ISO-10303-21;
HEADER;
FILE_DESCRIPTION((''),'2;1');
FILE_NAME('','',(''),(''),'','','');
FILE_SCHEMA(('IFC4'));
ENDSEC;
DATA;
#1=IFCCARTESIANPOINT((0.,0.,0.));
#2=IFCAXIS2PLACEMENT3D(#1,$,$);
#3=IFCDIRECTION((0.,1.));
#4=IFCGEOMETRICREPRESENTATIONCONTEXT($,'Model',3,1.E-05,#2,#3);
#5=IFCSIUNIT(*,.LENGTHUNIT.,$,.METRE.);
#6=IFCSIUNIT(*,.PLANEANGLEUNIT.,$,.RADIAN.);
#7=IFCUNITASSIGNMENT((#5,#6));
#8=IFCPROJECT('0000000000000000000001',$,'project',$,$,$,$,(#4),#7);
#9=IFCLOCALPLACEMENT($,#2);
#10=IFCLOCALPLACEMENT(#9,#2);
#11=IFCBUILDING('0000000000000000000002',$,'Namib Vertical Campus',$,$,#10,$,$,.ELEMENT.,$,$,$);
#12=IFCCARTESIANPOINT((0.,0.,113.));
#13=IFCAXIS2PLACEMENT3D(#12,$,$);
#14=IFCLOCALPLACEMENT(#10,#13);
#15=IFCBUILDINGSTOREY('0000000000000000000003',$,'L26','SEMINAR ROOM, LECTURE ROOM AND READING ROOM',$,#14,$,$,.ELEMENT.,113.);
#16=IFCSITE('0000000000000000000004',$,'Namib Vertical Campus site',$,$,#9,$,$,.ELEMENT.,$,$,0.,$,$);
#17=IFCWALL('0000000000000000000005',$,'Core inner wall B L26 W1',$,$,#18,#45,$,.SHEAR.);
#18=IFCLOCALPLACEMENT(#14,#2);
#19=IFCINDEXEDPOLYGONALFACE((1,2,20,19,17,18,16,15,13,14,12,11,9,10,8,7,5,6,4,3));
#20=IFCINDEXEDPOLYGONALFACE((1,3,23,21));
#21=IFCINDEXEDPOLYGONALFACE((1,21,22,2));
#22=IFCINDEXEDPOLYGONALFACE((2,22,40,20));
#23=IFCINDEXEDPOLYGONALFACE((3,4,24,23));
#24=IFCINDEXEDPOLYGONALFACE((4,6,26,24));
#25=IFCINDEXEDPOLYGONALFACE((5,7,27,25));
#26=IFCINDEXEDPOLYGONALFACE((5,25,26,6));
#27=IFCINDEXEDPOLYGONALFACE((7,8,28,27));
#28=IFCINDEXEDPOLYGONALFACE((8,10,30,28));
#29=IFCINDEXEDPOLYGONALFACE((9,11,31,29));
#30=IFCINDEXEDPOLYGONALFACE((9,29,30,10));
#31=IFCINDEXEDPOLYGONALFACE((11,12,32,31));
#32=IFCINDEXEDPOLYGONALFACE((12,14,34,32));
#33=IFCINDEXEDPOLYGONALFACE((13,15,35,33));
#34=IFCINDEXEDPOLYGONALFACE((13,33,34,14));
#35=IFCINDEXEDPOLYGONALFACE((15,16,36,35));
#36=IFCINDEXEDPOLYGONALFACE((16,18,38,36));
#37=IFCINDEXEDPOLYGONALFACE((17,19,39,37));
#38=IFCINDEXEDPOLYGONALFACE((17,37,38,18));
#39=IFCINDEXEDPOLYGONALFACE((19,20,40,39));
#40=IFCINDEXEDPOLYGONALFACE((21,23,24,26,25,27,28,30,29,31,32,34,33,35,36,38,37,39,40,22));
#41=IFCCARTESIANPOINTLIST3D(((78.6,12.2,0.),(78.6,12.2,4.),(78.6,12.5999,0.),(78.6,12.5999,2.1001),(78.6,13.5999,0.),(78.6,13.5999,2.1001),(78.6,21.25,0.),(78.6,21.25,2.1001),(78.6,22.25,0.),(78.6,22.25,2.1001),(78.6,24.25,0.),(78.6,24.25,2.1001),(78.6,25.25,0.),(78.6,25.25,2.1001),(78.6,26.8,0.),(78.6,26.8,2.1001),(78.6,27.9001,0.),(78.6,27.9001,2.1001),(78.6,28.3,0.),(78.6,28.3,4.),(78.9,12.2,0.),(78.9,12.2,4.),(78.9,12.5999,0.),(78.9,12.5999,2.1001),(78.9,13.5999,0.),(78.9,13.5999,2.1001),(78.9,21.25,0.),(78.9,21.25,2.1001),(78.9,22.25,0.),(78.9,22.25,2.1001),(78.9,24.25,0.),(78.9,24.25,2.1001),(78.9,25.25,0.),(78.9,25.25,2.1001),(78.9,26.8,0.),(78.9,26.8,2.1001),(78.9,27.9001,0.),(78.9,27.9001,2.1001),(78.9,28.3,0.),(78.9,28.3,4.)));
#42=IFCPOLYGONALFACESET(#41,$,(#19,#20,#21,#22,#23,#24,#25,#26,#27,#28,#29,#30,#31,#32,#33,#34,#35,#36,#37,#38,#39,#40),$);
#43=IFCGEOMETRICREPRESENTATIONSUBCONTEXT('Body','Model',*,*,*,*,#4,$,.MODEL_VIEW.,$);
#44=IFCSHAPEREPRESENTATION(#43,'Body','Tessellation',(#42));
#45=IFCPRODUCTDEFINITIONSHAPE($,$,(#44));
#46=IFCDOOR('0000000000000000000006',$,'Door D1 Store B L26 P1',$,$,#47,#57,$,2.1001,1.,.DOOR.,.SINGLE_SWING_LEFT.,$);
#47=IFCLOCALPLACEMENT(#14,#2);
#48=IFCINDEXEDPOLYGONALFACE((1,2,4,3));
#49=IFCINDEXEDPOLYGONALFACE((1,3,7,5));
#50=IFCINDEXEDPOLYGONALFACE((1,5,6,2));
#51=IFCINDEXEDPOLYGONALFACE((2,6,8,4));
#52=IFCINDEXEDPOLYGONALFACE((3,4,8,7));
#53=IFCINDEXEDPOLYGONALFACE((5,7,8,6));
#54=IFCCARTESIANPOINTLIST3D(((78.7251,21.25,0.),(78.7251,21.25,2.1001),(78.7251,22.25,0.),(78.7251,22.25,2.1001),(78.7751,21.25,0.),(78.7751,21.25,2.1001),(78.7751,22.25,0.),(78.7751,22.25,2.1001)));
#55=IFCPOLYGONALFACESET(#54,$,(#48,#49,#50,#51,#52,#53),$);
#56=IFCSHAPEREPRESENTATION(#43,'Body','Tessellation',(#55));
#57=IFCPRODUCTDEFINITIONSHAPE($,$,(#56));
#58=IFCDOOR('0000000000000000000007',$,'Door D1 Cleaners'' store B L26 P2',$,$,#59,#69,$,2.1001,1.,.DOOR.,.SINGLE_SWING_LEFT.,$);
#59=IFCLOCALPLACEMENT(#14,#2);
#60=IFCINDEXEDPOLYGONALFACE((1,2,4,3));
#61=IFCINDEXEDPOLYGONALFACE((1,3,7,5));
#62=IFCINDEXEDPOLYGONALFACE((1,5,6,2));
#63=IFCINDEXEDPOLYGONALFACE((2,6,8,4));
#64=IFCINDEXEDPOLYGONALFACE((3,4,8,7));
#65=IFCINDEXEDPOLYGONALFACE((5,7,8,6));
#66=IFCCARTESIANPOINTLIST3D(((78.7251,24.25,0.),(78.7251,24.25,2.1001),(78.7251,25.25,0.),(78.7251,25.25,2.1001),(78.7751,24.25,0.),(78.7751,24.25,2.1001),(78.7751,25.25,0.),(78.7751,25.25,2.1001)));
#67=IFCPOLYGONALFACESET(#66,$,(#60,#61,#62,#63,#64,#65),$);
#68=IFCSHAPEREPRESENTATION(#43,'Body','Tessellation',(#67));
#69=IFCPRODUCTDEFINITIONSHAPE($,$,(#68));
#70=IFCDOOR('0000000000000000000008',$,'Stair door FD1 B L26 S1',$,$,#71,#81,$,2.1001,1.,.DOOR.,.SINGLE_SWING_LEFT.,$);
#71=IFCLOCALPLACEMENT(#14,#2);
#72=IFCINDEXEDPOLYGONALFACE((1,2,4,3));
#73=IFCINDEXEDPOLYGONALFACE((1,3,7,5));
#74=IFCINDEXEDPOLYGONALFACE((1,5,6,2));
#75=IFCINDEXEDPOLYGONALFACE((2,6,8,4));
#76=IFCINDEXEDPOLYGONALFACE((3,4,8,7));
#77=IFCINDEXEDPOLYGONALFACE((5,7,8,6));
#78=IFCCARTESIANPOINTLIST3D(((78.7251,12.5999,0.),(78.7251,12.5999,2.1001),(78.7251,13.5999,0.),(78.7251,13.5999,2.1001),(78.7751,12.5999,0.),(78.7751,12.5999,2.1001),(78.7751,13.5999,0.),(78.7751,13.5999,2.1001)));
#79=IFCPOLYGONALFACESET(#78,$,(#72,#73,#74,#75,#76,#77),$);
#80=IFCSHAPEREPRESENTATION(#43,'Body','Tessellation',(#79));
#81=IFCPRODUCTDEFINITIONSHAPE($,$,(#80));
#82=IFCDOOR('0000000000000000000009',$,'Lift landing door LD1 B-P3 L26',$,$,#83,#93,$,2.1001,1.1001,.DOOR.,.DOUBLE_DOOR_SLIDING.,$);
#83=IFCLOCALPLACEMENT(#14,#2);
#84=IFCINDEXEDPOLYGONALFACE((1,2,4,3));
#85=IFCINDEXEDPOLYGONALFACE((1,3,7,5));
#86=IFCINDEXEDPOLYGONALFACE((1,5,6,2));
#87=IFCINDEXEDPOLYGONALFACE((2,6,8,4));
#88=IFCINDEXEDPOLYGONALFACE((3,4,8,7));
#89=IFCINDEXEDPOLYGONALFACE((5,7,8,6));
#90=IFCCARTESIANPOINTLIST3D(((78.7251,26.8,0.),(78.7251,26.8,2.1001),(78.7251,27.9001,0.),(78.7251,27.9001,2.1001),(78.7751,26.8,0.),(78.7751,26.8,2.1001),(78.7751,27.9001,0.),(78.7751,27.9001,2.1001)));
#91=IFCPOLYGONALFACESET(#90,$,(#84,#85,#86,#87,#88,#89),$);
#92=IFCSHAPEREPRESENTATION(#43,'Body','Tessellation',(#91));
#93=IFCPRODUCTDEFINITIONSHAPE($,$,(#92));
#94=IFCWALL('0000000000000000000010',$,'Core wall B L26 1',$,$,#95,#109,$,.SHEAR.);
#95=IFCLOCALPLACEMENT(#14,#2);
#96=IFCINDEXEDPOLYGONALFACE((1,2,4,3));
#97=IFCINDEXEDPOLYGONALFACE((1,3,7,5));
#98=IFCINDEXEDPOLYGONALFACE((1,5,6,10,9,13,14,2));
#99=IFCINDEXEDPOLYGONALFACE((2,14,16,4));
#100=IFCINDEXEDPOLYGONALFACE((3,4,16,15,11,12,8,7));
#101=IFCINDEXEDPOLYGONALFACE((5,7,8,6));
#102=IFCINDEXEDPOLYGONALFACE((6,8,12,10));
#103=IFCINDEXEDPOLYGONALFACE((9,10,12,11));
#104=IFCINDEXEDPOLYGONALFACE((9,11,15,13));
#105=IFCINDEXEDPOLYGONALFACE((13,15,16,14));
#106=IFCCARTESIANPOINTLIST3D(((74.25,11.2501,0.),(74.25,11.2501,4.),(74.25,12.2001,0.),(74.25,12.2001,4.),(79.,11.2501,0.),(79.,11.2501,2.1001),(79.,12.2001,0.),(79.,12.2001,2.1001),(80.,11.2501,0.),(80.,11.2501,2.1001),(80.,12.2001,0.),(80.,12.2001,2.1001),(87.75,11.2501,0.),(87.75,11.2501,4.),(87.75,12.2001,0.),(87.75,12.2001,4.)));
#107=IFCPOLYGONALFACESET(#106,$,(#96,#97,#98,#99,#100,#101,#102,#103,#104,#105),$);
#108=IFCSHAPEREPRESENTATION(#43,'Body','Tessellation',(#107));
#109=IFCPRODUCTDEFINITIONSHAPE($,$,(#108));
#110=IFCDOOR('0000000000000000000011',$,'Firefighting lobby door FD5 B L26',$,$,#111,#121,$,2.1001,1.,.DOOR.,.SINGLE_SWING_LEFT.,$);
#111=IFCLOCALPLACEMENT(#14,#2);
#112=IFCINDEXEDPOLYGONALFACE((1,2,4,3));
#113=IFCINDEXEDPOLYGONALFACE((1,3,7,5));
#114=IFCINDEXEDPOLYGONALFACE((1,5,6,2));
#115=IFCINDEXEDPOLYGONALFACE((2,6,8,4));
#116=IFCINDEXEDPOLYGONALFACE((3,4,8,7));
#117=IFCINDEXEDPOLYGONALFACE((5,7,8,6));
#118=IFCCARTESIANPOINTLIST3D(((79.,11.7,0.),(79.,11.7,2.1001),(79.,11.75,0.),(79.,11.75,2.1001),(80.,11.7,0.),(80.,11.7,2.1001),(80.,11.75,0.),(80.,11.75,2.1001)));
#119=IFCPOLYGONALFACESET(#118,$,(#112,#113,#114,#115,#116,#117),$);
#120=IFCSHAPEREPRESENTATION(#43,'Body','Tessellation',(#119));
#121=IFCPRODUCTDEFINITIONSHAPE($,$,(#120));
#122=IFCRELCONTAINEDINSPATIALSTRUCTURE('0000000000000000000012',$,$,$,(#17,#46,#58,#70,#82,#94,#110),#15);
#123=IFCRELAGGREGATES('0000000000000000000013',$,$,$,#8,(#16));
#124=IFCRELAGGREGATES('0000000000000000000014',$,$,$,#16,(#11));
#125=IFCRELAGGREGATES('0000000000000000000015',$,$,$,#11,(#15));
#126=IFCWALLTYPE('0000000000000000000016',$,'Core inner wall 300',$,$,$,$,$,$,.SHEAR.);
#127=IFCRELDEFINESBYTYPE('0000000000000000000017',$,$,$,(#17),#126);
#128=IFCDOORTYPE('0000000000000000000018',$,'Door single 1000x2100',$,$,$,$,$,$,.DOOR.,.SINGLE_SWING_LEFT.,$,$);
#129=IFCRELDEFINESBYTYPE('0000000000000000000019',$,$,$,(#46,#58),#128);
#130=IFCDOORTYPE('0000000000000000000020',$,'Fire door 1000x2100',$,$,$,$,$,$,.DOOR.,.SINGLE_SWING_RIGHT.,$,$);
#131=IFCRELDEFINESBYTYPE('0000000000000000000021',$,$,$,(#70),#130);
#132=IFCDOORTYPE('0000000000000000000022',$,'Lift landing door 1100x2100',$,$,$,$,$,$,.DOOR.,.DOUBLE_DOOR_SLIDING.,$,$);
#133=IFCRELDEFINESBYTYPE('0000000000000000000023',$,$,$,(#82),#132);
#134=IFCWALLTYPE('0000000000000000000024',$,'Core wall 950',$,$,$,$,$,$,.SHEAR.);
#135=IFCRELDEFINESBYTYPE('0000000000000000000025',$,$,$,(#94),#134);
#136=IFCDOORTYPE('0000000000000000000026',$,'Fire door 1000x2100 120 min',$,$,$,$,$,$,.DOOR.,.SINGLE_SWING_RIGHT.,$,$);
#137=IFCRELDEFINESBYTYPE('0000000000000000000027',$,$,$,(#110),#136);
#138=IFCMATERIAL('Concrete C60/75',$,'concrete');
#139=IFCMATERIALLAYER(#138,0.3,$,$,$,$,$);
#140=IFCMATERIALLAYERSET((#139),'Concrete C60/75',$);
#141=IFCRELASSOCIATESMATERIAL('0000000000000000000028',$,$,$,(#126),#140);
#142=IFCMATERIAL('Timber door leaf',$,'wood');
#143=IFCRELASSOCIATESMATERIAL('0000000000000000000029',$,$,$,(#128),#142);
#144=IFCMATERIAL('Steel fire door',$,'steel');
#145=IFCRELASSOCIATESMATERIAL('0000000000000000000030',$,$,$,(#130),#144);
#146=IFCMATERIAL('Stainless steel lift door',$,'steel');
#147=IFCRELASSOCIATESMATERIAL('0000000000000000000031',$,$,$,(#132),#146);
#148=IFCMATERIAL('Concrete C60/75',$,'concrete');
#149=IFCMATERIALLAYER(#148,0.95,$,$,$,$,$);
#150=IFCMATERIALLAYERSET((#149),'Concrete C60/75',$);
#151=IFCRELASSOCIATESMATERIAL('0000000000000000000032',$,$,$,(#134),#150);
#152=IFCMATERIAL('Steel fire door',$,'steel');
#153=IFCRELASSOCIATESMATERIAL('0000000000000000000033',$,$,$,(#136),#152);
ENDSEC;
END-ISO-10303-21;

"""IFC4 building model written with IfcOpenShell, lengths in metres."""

from ifc_helpers import new_model, si_unit, direction, frame, frame_2d, origin, place, context, subcontext, project, spatial, rectangle, extrude, material, layer, layer_set, type_object, element, fill, save


model = new_model("IFC4")

# Units and contexts
model_context = context("Model", 3, precision=1e-05, world=origin(), true_north=direction((0.0, 1.0)))
body_context = subcontext(model_context, "Body", "Model", "MODEL_VIEW")
ifc_project = project(units=[si_unit("LENGTHUNIT", "METRE"), si_unit("PLANEANGLEUNIT", "RADIAN")], contexts=[model_context])

# Site, building, storey
site_placement = place(None, origin())
site = spatial("IfcSite", under=ifc_project, at=site_placement, Name="Namib Vertical Campus site", CompositionType="ELEMENT", RefElevation=0.0)
building_placement = place(site_placement, origin())
building = spatial("IfcBuilding", under=site, at=building_placement, Name="Namib Vertical Campus", CompositionType="ELEMENT")
storey_placement = place(building_placement, frame((0.0, 0.0, 113.0)))
storey = spatial("IfcBuildingStorey", under=building, at=storey_placement, Name="L26", Description="SEMINAR ROOM, LECTURE ROOM AND READING ROOM", CompositionType="ELEMENT", Elevation=113.0)

# Wall, openings, doors
ifc_material_1 = material(Name="Concrete C60/75", Category="concrete")
ifc_layer_1 = layer(ifc_material_1, 0.3)
ifc_layer_set_1 = layer_set([ifc_layer_1], Name="Concrete C60/75")
wall_type_1 = type_object("IfcWallType", Name="Core inner wall 300", PredefinedType="SHEAR", material=ifc_layer_set_1)
wall_1_placement = place(storey_placement, frame((78.75, 12.2, 0.0), z_axis=(0.0, 0.0, 1.0), x_axis=(0.0, 1.0, 0.0)))
wall_1 = element("IfcWall", 1, at=wall_1_placement, inside=storey, type_object=wall_type_1, Name="Core inner wall B L26 W1", PredefinedType="SHEAR", context=body_context, shape_type="SweptSolid", body=[
    extrude(rectangle(XDim=16.1001, YDim=0.3, at=frame_2d((8.05, 0.0))), origin(), (0.0, 0.0, 1.0), 4.0),
])
opening_1_placement = place(wall_1_placement, frame((0.3999, 0.0, 0.0)))
opening_1 = element("IfcOpeningElement", 2, at=opening_1_placement, cuts=wall_1, PredefinedType="OPENING", context=body_context, shape_type="SweptSolid", body=[
    extrude(rectangle(XDim=1.0, YDim=2.1001, at=frame_2d((0.5, 1.05))), frame((0.0, 0.1599, 0.0), z_axis=(0.0, -1.0, 0.0), x_axis=(1.0, 0.0, 0.0)), (0.0, 0.0, 1.0), 0.3201),
])
opening_2_placement = place(wall_1_placement, frame((14.6001, 0.0, 0.0)))
opening_2 = element("IfcOpeningElement", 3, at=opening_2_placement, cuts=wall_1, PredefinedType="OPENING", context=body_context, shape_type="SweptSolid", body=[
    extrude(rectangle(XDim=1.1001, YDim=2.1001, at=frame_2d((0.55, 1.05))), frame((0.0, 0.1599, 0.0), z_axis=(0.0, -1.0, 0.0), x_axis=(1.0, 0.0, 0.0)), (0.0, 0.0, 1.0), 0.3201),
])
opening_3_placement = place(wall_1_placement, frame((9.05, 0.0, 0.0)))
opening_3 = element("IfcOpeningElement", 4, at=opening_3_placement, cuts=wall_1, PredefinedType="OPENING", context=body_context, shape_type="SweptSolid", body=[
    extrude(rectangle(XDim=1.0, YDim=2.1001, at=frame_2d((0.5, 1.05))), frame((0.0, 0.1599, 0.0), z_axis=(0.0, -1.0, 0.0), x_axis=(1.0, 0.0, 0.0)), (0.0, 0.0, 1.0), 0.3201),
])
opening_4_placement = place(wall_1_placement, frame((12.05, 0.0, 0.0)))
opening_4 = element("IfcOpeningElement", 5, at=opening_4_placement, cuts=wall_1, PredefinedType="OPENING", context=body_context, shape_type="SweptSolid", body=[
    extrude(rectangle(XDim=1.0, YDim=2.1001, at=frame_2d((0.5, 1.05))), frame((0.0, 0.1599, 0.0), z_axis=(0.0, -1.0, 0.0), x_axis=(1.0, 0.0, 0.0)), (0.0, 0.0, 1.0), 0.3201),
])
ifc_material_2 = material(Name="Timber door leaf", Category="wood")
door_type_1 = type_object("IfcDoorType", Name="Door single 1000x2100", OperationType="SINGLE_SWING_LEFT", PredefinedType="DOOR", material=ifc_material_2)
door_1_placement = place(opening_3_placement, origin())
door_1 = element("IfcDoor", 6, at=door_1_placement, inside=storey, type_object=door_type_1, Name="Door D1 Store B L26 P1", OperationType="SINGLE_SWING_LEFT", OverallHeight=2.1001, OverallWidth=1.0, PredefinedType="DOOR", context=body_context, shape_type="SweptSolid", body=[
    extrude(rectangle(XDim=1.0, YDim=2.1001, at=frame_2d((0.5, 1.05))), frame((0.0, 0.0249, 0.0), z_axis=(0.0, -1.0, 0.0), x_axis=(1.0, 0.0, 0.0)), (0.0, 0.0, 1.0), 0.05),
])
fill(opening_3, door_1)
door_2_placement = place(opening_4_placement, origin())
door_2 = element("IfcDoor", 7, at=door_2_placement, inside=storey, type_object=door_type_1, Name="Door D1 Cleaners' store B L26 P2", OperationType="SINGLE_SWING_LEFT", OverallHeight=2.1001, OverallWidth=1.0, PredefinedType="DOOR", context=body_context, shape_type="SweptSolid", body=[
    extrude(rectangle(XDim=1.0, YDim=2.1001, at=frame_2d((0.5, 1.05))), frame((0.0, 0.0249, 0.0), z_axis=(0.0, -1.0, 0.0), x_axis=(1.0, 0.0, 0.0)), (0.0, 0.0, 1.0), 0.05),
])
fill(opening_4, door_2)
ifc_material_3 = material(Name="Steel fire door", Category="steel")
door_type_2 = type_object("IfcDoorType", Name="Fire door 1000x2100", OperationType="SINGLE_SWING_RIGHT", PredefinedType="DOOR", material=ifc_material_3)
door_3_placement = place(opening_1_placement, origin())
door_3 = element("IfcDoor", 8, at=door_3_placement, inside=storey, type_object=door_type_2, Name="Stair door FD1 B L26 S1", OperationType="SINGLE_SWING_LEFT", OverallHeight=2.1001, OverallWidth=1.0, PredefinedType="DOOR", context=body_context, shape_type="SweptSolid", body=[
    extrude(rectangle(XDim=1.0, YDim=2.1001, at=frame_2d((0.5, 1.05))), frame((0.0, 0.0249, 0.0), z_axis=(0.0, -1.0, 0.0), x_axis=(1.0, 0.0, 0.0)), (0.0, 0.0, 1.0), 0.05),
])
fill(opening_1, door_3)
ifc_material_4 = material(Name="Stainless steel lift door", Category="steel")
door_type_3 = type_object("IfcDoorType", Name="Lift landing door 1100x2100", OperationType="DOUBLE_DOOR_SLIDING", PredefinedType="DOOR", material=ifc_material_4)
door_4_placement = place(opening_2_placement, origin())
door_4 = element("IfcDoor", 9, at=door_4_placement, inside=storey, type_object=door_type_3, Name="Lift landing door LD1 B-P3 L26", OperationType="DOUBLE_DOOR_SLIDING", OverallHeight=2.1001, OverallWidth=1.1001, PredefinedType="DOOR", context=body_context, shape_type="SweptSolid", body=[
    extrude(rectangle(XDim=1.1001, YDim=2.1001, at=frame_2d((0.55, 1.05))), frame((0.0, 0.0249, 0.0), z_axis=(0.0, -1.0, 0.0), x_axis=(1.0, 0.0, 0.0)), (0.0, 0.0, 1.0), 0.05),
])
fill(opening_2, door_4)

# Wall, opening, door
ifc_material_5 = material(Name="Concrete C60/75", Category="concrete")
ifc_layer_2 = layer(ifc_material_5, 0.95)
ifc_layer_set_2 = layer_set([ifc_layer_2], Name="Concrete C60/75")
wall_type_2 = type_object("IfcWallType", Name="Core wall 950", PredefinedType="SHEAR", material=ifc_layer_set_2)
wall_2_placement = place(storey_placement, frame((74.25, 11.7251, 0.0), z_axis=(0.0, 0.0, 1.0), x_axis=(1.0, 0.0, 0.0)))
wall_2 = element("IfcWall", 10, at=wall_2_placement, inside=storey, type_object=wall_type_2, Name="Core wall B L26 1", PredefinedType="SHEAR", context=body_context, shape_type="SweptSolid", body=[
    extrude(rectangle(XDim=13.5, YDim=0.95, at=frame_2d((6.75, 0.0))), origin(), (0.0, 0.0, 1.0), 4.0),
])
opening_5_placement = place(wall_2_placement, frame((4.75, 0.0, 0.0)))
opening_5 = element("IfcOpeningElement", 11, at=opening_5_placement, cuts=wall_2, PredefinedType="OPENING", context=body_context, shape_type="SweptSolid", body=[
    extrude(rectangle(XDim=1.0, YDim=2.1001, at=frame_2d((0.5, 1.05))), frame((0.0, 0.4849, 0.0), z_axis=(0.0, -1.0, 0.0), x_axis=(1.0, 0.0, 0.0)), (0.0, 0.0, 1.0), 0.97),
])
ifc_material_6 = material(Name="Steel fire door", Category="steel")
door_type_4 = type_object("IfcDoorType", Name="Fire door 1000x2100 120 min", OperationType="SINGLE_SWING_RIGHT", PredefinedType="DOOR", material=ifc_material_6)
door_5_placement = place(opening_5_placement, origin())
door_5 = element("IfcDoor", 12, at=door_5_placement, inside=storey, type_object=door_type_4, Name="Firefighting lobby door FD5 B L26", OperationType="SINGLE_SWING_LEFT", OverallHeight=2.1001, OverallWidth=1.0, PredefinedType="DOOR", context=body_context, shape_type="SweptSolid", body=[
    extrude(rectangle(XDim=1.0, YDim=2.1001, at=frame_2d((0.5, 1.05))), frame((0.0, 0.0249, 0.0), z_axis=(0.0, -1.0, 0.0), x_axis=(1.0, 0.0, 0.0)), (0.0, 0.0, 1.0), 0.05),
])
fill(opening_5, door_5)

save(model, "model.ifc")
